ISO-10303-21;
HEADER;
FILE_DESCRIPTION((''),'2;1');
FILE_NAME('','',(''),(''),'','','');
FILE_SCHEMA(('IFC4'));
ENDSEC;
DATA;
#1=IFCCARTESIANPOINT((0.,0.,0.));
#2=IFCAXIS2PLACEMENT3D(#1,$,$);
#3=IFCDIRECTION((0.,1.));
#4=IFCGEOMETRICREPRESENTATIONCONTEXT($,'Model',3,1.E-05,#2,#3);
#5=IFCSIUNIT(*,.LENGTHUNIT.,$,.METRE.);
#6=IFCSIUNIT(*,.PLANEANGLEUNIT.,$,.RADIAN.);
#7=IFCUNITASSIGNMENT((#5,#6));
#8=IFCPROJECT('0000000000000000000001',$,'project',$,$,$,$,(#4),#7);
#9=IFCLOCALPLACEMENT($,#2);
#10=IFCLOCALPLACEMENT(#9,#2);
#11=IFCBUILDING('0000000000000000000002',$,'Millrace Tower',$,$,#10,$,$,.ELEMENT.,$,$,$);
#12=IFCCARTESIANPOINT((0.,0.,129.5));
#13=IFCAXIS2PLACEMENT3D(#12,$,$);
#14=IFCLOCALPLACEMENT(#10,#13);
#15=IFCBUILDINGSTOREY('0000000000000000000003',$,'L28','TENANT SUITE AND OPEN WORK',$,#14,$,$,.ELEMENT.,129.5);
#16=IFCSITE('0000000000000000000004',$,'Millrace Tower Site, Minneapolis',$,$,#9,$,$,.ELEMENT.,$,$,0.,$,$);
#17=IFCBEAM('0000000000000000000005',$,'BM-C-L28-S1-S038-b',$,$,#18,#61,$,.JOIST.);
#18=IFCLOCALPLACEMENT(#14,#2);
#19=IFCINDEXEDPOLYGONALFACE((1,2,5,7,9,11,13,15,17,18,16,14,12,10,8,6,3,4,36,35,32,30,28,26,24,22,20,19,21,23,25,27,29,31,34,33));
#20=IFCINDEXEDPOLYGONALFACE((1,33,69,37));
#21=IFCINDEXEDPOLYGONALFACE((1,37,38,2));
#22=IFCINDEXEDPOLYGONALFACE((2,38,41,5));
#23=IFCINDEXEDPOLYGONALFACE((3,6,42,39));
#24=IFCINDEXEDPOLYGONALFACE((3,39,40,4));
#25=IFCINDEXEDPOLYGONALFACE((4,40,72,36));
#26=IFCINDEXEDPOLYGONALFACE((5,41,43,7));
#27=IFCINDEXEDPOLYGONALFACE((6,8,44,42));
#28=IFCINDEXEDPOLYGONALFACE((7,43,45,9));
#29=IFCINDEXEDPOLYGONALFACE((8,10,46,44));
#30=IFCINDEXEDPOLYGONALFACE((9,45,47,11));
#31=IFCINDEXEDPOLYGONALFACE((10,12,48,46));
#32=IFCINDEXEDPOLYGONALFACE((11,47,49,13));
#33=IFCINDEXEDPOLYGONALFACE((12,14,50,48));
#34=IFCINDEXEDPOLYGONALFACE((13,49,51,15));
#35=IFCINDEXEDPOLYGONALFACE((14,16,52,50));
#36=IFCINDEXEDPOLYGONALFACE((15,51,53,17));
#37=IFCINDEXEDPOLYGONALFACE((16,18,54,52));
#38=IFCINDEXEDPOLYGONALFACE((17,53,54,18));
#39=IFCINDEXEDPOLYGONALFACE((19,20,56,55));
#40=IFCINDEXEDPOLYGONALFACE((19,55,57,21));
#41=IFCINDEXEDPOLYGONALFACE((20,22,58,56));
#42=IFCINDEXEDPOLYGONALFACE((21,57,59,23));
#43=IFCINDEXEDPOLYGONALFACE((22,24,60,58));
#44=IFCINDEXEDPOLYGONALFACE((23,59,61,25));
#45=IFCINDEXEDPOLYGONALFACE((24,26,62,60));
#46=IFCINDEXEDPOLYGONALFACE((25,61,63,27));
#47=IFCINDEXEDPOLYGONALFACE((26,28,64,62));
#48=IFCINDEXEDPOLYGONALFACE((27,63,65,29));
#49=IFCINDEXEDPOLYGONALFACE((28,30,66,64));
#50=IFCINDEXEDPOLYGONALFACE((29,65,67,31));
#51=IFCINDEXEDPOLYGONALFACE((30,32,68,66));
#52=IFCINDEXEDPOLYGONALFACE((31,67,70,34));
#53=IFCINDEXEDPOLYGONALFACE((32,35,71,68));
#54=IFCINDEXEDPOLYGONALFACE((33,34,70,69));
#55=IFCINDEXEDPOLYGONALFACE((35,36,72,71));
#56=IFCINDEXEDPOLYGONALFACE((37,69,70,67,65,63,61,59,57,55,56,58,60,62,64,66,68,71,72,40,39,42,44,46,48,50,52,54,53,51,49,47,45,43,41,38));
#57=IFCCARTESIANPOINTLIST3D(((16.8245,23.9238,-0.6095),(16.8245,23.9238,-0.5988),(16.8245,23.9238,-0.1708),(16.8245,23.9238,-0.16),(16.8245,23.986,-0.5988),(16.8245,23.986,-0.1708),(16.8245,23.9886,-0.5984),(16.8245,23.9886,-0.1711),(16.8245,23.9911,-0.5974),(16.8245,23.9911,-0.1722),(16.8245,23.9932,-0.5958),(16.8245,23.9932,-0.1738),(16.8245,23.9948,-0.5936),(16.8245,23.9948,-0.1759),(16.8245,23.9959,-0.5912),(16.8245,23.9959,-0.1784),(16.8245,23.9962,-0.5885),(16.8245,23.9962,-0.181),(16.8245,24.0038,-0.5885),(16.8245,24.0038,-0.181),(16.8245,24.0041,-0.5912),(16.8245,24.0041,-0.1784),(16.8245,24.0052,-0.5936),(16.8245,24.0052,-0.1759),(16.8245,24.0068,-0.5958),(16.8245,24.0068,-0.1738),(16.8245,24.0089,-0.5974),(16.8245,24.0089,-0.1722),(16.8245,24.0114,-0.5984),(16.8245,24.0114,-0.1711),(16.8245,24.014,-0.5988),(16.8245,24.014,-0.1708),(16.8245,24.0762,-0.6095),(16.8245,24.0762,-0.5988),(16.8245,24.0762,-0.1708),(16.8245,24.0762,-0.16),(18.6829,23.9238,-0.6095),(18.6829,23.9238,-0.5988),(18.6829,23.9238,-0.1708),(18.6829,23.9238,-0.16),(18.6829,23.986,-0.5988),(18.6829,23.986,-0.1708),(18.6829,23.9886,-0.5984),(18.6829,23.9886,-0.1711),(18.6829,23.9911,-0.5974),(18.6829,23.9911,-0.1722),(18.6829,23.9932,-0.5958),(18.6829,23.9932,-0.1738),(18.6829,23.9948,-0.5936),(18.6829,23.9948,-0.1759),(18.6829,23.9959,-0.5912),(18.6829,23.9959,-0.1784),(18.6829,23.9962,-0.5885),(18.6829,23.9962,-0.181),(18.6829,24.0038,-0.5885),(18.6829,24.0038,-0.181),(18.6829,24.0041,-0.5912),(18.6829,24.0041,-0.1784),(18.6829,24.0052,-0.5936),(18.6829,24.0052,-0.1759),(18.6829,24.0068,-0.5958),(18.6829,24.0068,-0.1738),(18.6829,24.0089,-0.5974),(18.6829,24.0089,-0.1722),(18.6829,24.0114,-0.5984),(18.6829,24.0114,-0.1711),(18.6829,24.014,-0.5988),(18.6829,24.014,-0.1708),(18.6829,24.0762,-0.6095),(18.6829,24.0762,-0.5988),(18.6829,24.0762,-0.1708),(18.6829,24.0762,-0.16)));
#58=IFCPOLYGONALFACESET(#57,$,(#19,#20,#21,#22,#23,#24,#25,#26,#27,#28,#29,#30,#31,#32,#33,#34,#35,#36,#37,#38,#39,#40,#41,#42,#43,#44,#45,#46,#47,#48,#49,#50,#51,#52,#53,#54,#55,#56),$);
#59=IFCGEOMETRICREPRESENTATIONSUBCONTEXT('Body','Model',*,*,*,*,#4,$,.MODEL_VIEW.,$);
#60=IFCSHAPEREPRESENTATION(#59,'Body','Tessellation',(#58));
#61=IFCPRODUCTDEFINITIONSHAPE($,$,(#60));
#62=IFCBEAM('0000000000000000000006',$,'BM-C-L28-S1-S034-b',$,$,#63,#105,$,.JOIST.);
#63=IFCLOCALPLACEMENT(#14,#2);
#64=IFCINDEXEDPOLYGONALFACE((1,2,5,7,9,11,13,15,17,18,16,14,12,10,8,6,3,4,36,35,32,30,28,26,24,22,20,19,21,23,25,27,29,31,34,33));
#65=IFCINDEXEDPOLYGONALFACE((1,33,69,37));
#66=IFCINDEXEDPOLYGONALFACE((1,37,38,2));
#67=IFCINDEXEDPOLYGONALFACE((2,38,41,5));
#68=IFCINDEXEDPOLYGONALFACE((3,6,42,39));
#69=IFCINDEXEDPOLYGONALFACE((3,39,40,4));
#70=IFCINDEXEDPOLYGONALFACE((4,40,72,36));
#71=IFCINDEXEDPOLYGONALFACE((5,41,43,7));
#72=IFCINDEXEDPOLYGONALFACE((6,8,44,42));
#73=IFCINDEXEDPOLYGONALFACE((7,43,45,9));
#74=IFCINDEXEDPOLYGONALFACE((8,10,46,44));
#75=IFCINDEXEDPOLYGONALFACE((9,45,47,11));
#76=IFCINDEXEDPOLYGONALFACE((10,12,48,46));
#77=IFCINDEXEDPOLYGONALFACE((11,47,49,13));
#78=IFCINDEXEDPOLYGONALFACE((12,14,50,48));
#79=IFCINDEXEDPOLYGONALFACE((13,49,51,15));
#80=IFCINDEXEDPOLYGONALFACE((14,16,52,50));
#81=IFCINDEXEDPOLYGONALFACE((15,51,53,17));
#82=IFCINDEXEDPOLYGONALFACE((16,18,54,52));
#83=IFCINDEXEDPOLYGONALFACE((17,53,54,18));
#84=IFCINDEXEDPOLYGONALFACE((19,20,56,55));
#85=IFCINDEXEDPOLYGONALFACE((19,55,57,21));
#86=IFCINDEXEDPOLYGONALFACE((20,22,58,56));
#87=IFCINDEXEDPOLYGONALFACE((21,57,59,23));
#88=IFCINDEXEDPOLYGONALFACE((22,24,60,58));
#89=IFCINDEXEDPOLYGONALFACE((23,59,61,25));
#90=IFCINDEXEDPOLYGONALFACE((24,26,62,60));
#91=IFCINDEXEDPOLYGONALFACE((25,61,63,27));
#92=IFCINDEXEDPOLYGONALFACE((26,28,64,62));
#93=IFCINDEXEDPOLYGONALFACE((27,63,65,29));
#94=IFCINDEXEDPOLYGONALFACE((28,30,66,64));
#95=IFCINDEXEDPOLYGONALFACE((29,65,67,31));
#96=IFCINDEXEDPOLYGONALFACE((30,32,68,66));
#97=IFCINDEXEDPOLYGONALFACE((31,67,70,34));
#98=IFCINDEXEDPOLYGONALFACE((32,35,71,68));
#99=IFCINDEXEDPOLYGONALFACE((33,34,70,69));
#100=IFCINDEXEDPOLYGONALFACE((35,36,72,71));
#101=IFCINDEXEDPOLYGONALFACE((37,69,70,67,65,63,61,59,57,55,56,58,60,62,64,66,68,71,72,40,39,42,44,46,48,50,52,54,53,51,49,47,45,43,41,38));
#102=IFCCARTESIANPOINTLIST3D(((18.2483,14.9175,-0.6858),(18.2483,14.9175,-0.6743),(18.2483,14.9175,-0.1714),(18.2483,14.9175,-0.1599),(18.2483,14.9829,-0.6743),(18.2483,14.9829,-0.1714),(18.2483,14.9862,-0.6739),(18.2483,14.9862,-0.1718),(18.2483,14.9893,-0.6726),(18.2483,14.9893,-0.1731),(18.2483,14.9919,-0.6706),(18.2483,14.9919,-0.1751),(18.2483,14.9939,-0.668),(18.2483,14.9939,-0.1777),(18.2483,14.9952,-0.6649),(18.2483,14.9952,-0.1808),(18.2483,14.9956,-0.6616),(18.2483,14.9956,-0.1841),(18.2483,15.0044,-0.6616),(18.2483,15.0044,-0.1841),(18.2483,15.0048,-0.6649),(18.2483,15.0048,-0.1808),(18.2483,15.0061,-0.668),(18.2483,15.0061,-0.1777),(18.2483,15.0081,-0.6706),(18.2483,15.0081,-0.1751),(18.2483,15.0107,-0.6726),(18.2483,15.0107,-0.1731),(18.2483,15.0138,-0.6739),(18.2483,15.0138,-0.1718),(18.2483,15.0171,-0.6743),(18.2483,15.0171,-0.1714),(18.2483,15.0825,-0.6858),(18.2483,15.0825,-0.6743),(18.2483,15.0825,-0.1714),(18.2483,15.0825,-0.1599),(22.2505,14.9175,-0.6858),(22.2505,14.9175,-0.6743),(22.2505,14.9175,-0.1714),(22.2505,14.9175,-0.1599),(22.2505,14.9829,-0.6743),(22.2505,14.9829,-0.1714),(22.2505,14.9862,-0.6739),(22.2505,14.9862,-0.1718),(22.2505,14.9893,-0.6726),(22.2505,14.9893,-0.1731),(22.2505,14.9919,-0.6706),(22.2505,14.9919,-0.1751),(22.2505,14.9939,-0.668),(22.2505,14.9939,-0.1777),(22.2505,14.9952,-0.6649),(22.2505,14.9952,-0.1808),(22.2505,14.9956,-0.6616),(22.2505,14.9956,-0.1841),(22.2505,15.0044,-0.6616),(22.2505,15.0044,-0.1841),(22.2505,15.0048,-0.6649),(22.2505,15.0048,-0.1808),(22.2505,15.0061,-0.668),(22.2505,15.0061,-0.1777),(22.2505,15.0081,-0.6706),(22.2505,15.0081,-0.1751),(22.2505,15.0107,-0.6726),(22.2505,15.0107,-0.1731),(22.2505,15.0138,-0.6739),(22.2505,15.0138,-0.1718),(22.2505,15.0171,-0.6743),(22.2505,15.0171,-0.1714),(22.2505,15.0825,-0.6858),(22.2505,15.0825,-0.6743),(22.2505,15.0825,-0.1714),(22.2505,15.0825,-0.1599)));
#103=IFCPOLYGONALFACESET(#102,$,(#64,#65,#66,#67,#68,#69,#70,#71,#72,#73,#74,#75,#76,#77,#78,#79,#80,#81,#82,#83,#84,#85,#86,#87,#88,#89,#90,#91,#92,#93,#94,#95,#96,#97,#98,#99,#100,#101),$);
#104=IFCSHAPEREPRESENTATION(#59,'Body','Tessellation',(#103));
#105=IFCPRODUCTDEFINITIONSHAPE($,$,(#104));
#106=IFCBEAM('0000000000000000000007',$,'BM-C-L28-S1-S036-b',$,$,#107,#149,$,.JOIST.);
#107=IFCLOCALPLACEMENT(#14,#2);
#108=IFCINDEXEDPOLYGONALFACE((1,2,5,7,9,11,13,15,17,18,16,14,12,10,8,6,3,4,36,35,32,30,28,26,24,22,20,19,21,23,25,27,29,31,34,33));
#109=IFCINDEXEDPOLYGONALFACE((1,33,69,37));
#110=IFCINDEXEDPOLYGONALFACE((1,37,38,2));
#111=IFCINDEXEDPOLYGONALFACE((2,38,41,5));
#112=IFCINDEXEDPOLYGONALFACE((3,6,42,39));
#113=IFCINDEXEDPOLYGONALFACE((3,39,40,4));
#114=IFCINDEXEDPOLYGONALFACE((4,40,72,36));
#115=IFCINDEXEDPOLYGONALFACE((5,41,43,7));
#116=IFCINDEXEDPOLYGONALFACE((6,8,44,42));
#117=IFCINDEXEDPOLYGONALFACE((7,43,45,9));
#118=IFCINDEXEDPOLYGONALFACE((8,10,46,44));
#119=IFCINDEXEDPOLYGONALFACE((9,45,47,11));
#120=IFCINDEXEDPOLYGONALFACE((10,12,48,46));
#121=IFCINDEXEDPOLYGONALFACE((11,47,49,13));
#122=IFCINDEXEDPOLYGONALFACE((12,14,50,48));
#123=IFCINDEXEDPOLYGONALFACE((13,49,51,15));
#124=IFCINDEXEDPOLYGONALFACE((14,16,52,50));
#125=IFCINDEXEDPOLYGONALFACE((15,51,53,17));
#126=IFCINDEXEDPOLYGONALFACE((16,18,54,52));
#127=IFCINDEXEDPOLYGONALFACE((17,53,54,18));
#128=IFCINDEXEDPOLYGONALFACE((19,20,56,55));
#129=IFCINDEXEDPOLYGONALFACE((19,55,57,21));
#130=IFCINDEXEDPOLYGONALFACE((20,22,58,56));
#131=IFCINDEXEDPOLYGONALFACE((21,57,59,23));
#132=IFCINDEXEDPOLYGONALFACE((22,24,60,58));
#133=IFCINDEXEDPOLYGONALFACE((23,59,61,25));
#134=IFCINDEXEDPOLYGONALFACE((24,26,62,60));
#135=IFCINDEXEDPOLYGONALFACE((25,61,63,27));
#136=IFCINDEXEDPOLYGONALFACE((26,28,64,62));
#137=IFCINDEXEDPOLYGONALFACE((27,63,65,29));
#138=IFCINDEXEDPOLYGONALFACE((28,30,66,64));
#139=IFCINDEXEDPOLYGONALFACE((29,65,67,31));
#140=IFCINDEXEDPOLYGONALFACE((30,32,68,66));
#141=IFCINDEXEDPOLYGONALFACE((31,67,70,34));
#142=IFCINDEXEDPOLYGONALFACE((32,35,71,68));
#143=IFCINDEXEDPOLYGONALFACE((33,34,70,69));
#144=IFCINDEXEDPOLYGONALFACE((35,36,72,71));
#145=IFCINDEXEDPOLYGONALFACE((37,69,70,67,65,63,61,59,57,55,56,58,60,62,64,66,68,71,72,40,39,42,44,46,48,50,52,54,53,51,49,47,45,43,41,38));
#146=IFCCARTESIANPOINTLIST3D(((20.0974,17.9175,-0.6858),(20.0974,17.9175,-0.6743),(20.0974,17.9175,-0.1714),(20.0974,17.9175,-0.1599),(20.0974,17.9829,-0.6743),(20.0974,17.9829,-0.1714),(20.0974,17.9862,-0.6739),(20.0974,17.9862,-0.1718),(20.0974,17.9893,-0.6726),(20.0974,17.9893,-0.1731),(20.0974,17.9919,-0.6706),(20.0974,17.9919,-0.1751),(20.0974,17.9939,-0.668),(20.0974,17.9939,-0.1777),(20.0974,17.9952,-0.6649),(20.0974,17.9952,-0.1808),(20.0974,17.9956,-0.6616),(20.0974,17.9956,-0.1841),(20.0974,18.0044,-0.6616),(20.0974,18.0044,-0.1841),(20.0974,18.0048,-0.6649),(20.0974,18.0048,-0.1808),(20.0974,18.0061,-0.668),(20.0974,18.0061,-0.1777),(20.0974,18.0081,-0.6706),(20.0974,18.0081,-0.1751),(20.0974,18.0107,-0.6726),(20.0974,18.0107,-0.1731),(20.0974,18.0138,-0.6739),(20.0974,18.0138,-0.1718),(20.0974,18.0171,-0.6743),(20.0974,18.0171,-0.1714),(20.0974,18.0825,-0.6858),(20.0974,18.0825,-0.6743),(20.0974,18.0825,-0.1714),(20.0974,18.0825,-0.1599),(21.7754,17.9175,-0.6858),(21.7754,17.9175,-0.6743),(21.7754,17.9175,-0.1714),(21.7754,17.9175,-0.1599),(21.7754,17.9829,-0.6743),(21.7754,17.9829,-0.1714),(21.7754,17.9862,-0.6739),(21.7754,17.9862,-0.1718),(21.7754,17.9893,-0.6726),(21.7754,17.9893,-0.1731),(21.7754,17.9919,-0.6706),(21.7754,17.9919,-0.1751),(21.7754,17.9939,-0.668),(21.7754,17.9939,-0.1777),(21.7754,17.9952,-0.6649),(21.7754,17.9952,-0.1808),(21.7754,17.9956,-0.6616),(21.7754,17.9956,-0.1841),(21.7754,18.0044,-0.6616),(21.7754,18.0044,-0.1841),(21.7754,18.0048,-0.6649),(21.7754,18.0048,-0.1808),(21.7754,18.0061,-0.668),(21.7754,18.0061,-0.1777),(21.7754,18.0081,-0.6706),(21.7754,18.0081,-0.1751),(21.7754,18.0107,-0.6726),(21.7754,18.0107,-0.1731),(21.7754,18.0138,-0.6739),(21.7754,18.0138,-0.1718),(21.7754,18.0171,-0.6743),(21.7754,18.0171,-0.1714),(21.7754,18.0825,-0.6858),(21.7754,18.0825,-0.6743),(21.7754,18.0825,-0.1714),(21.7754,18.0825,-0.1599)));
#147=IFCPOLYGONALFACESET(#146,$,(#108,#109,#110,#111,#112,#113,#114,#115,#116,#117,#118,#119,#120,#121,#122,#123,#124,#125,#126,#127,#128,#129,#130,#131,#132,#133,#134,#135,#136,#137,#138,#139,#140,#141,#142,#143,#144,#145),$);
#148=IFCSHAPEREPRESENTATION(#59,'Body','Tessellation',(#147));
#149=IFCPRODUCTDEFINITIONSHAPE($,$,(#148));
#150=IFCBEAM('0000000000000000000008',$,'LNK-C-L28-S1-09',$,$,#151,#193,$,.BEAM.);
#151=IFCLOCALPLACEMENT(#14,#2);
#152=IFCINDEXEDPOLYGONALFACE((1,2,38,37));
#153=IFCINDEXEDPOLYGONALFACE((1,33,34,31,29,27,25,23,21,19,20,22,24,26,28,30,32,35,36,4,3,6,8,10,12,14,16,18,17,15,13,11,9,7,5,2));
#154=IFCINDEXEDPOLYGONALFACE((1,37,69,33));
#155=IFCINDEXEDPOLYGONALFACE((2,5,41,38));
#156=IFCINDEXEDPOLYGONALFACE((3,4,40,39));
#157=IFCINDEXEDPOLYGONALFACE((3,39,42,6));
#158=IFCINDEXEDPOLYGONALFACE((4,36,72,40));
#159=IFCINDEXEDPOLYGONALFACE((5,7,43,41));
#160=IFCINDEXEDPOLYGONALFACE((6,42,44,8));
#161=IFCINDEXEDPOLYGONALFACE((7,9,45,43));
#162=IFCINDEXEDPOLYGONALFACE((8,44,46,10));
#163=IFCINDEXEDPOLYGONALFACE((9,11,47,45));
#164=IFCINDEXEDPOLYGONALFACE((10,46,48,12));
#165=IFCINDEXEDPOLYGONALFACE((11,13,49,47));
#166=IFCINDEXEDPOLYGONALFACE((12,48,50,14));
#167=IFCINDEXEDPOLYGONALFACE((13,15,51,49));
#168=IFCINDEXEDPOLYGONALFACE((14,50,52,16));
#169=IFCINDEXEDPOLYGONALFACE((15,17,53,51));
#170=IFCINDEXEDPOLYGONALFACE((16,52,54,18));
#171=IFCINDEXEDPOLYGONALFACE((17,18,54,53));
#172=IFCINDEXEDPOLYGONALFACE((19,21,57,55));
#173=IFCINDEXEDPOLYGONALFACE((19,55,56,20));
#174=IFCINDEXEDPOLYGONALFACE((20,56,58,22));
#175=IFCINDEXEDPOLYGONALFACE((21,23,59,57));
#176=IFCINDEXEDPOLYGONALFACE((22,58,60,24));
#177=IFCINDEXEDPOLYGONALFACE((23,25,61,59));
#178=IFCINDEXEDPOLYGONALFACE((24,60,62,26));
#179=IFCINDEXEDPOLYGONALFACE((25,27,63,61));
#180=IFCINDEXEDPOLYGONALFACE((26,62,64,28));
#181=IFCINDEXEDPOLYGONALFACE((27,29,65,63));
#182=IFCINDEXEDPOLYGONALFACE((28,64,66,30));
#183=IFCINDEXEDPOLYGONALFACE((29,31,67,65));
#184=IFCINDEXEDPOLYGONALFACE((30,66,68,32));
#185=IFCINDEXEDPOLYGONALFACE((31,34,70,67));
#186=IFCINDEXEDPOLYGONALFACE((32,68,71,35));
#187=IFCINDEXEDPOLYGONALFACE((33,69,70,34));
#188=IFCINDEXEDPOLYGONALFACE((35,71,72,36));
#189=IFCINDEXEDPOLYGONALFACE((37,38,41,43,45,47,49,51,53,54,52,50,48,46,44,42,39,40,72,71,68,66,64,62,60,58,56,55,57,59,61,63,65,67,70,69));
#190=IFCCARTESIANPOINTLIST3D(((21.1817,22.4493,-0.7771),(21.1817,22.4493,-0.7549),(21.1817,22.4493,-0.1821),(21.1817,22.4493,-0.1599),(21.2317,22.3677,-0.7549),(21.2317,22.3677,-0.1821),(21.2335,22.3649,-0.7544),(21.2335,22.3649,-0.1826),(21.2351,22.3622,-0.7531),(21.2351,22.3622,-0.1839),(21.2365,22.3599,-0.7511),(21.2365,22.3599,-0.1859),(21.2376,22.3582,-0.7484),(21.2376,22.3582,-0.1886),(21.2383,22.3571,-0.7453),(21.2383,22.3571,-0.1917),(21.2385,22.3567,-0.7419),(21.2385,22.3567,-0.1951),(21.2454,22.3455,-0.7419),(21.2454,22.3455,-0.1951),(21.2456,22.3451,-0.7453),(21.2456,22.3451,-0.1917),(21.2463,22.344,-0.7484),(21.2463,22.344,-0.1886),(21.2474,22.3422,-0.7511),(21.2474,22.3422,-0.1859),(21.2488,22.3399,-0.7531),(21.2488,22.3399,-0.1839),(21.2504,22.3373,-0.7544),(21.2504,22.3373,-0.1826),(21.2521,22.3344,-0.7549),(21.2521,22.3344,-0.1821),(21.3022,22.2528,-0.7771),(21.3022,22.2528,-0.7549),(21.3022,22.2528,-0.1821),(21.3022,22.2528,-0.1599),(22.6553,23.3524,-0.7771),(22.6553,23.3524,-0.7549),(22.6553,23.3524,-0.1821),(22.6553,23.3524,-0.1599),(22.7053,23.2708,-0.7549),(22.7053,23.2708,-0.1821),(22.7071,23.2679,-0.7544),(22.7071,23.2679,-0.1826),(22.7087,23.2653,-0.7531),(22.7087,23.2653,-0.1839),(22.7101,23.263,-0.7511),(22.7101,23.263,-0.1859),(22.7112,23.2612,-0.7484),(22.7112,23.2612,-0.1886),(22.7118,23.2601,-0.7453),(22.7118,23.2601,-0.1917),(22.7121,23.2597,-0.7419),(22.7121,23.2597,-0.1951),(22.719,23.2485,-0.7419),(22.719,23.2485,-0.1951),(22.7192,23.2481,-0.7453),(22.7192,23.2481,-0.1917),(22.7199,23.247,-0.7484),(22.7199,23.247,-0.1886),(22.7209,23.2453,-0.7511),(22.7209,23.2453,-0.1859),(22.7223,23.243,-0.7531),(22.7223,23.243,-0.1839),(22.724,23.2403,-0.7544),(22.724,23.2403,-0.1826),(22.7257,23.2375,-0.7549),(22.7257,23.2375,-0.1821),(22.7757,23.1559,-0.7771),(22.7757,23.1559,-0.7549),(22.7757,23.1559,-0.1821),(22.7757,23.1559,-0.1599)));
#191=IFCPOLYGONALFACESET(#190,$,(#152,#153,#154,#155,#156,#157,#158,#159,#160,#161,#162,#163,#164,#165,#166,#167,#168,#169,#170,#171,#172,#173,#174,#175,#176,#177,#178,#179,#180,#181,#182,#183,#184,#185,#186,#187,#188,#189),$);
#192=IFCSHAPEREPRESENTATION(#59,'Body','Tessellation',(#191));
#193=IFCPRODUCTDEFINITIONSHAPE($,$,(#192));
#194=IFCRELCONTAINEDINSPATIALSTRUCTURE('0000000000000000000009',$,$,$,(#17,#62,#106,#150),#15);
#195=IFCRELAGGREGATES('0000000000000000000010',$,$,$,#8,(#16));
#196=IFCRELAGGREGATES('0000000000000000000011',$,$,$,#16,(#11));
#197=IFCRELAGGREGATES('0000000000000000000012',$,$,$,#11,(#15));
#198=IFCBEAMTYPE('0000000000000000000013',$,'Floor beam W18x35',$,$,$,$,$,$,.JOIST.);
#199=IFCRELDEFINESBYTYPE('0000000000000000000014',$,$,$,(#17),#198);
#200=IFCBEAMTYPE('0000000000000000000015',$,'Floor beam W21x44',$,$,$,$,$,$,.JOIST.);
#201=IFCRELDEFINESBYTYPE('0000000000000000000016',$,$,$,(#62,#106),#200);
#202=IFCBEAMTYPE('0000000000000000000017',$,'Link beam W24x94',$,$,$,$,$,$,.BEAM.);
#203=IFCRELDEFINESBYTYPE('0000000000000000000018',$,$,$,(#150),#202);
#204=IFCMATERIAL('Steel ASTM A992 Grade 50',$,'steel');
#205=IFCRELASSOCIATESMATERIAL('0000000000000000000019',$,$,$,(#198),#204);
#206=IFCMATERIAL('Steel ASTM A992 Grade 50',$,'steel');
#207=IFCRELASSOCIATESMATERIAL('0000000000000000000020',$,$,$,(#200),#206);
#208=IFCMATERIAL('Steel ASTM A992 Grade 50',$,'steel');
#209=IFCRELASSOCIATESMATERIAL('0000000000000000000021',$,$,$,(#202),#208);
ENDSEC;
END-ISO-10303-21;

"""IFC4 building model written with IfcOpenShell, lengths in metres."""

from ifc_helpers import new_model, si_unit, direction, frame, origin, origin_2d, place, context, subcontext, project, spatial, i_section, extrude, material, material_profile, profile_set, type_object, element, save


model = new_model("IFC4")

# Units and contexts
model_context = context("Model", 3, precision=1e-05, world=origin(), true_north=direction((0.0, 1.0)))
body_context = subcontext(model_context, "Body", "Model", "MODEL_VIEW")
ifc_project = project(units=[si_unit("LENGTHUNIT", "METRE"), si_unit("PLANEANGLEUNIT", "RADIAN")], contexts=[model_context])

# Site, building, storey
site_placement = place(None, origin())
site = spatial("IfcSite", under=ifc_project, at=site_placement, Name="Millrace Tower Site, Minneapolis", CompositionType="ELEMENT", RefElevation=0.0)
building_placement = place(site_placement, origin())
building = spatial("IfcBuilding", under=site, at=building_placement, Name="Millrace Tower", CompositionType="ELEMENT")
storey_placement = place(building_placement, frame((0.0, 0.0, 129.5)))
storey = spatial("IfcBuildingStorey", under=building, at=storey_placement, Name="L28", Description="TENANT SUITE AND OPEN WORK", CompositionType="ELEMENT", Elevation=129.5)

# Beams
ifc_material_1 = material(Name="Steel ASTM A992 Grade 50", Category="steel")
ifc_material_profile_1 = material_profile(ifc_material_1, i_section(OverallWidth=0.1523, OverallDepth=0.4495, WebThickness=0.0076, FlangeThickness=0.0107, FilletRadius=0.0103, at=origin_2d()))
ifc_profile_set_1 = profile_set([ifc_material_profile_1], Name="Steel ASTM A992 Grade 50")
beam_type_1 = type_object("IfcBeamType", Name="Floor beam W18x35", PredefinedType="JOIST", material=ifc_profile_set_1)
beam_1_placement = place(storey_placement, frame((16.8245, 24.0, -0.3848), z_axis=(1.0, 0.0, 0.0), x_axis=(0.0, 1.0, 0.0)))
element("IfcBeam", 1, at=beam_1_placement, inside=storey, type_object=beam_type_1, Name="BM-C-L28-S1-S038-b", PredefinedType="JOIST", context=body_context, shape_type="SweptSolid", body=[
    extrude(i_section(OverallWidth=0.1523, OverallDepth=0.4495, WebThickness=0.0076, FlangeThickness=0.0107, FilletRadius=0.0103, at=origin_2d()), origin(), (0.0, 0.0, 1.0), 1.8584),
])
ifc_material_2 = material(Name="Steel ASTM A992 Grade 50", Category="steel")
ifc_material_profile_2 = material_profile(ifc_material_2, i_section(OverallWidth=0.165, OverallDepth=0.5259, WebThickness=0.0088, FlangeThickness=0.0115, FilletRadius=0.0127, at=origin_2d()))
ifc_profile_set_2 = profile_set([ifc_material_profile_2], Name="Steel ASTM A992 Grade 50")
beam_type_2 = type_object("IfcBeamType", Name="Floor beam W21x44", PredefinedType="JOIST", material=ifc_profile_set_2)
beam_2_placement = place(storey_placement, frame((18.2483, 15.0, -0.4229), z_axis=(1.0, 0.0, 0.0), x_axis=(0.0, 1.0, 0.0)))
element("IfcBeam", 2, at=beam_2_placement, inside=storey, type_object=beam_type_2, Name="BM-C-L28-S1-S034-b", PredefinedType="JOIST", context=body_context, shape_type="SweptSolid", body=[
    extrude(i_section(OverallWidth=0.165, OverallDepth=0.5259, WebThickness=0.0088, FlangeThickness=0.0115, FilletRadius=0.0127, at=origin_2d()), origin(), (0.0, 0.0, 1.0), 4.0022),
])
beam_3_placement = place(storey_placement, frame((20.0974, 18.0, -0.4229), z_axis=(1.0, 0.0, 0.0), x_axis=(0.0, 1.0, 0.0)))
element("IfcBeam", 3, at=beam_3_placement, inside=storey, type_object=beam_type_2, Name="BM-C-L28-S1-S036-b", PredefinedType="JOIST", context=body_context, shape_type="SweptSolid", body=[
    extrude(i_section(OverallWidth=0.165, OverallDepth=0.5259, WebThickness=0.0088, FlangeThickness=0.0115, FilletRadius=0.0127, at=origin_2d()), origin(), (0.0, 0.0, 1.0), 1.678),
])
ifc_material_3 = material(Name="Steel ASTM A992 Grade 50", Category="steel")
ifc_material_profile_3 = material_profile(ifc_material_3, i_section(OverallWidth=0.2305, OverallDepth=0.6172, WebThickness=0.0132, FlangeThickness=0.0222, FilletRadius=0.0129, at=origin_2d()))
ifc_profile_set_3 = profile_set([ifc_material_profile_3], Name="Steel ASTM A992 Grade 50")
beam_type_3 = type_object("IfcBeamType", Name="Link beam W24x94", PredefinedType="BEAM", material=ifc_profile_set_3)
beam_4_placement = place(storey_placement, frame((21.2419, 22.3511, -0.4685), z_axis=(0.852632, 0.522512, 0.0), x_axis=(-0.522512, 0.852632, 0.0)))
element("IfcBeam", 4, at=beam_4_placement, inside=storey, type_object=beam_type_3, Name="LNK-C-L28-S1-09", PredefinedType="BEAM", context=body_context, shape_type="SweptSolid", body=[
    extrude(i_section(OverallWidth=0.2305, OverallDepth=0.6172, WebThickness=0.0132, FlangeThickness=0.0222, FilletRadius=0.0129, at=origin_2d()), origin(), (0.0, 0.0, 1.0), 1.7283),
])

save(model, "model.ifc")
